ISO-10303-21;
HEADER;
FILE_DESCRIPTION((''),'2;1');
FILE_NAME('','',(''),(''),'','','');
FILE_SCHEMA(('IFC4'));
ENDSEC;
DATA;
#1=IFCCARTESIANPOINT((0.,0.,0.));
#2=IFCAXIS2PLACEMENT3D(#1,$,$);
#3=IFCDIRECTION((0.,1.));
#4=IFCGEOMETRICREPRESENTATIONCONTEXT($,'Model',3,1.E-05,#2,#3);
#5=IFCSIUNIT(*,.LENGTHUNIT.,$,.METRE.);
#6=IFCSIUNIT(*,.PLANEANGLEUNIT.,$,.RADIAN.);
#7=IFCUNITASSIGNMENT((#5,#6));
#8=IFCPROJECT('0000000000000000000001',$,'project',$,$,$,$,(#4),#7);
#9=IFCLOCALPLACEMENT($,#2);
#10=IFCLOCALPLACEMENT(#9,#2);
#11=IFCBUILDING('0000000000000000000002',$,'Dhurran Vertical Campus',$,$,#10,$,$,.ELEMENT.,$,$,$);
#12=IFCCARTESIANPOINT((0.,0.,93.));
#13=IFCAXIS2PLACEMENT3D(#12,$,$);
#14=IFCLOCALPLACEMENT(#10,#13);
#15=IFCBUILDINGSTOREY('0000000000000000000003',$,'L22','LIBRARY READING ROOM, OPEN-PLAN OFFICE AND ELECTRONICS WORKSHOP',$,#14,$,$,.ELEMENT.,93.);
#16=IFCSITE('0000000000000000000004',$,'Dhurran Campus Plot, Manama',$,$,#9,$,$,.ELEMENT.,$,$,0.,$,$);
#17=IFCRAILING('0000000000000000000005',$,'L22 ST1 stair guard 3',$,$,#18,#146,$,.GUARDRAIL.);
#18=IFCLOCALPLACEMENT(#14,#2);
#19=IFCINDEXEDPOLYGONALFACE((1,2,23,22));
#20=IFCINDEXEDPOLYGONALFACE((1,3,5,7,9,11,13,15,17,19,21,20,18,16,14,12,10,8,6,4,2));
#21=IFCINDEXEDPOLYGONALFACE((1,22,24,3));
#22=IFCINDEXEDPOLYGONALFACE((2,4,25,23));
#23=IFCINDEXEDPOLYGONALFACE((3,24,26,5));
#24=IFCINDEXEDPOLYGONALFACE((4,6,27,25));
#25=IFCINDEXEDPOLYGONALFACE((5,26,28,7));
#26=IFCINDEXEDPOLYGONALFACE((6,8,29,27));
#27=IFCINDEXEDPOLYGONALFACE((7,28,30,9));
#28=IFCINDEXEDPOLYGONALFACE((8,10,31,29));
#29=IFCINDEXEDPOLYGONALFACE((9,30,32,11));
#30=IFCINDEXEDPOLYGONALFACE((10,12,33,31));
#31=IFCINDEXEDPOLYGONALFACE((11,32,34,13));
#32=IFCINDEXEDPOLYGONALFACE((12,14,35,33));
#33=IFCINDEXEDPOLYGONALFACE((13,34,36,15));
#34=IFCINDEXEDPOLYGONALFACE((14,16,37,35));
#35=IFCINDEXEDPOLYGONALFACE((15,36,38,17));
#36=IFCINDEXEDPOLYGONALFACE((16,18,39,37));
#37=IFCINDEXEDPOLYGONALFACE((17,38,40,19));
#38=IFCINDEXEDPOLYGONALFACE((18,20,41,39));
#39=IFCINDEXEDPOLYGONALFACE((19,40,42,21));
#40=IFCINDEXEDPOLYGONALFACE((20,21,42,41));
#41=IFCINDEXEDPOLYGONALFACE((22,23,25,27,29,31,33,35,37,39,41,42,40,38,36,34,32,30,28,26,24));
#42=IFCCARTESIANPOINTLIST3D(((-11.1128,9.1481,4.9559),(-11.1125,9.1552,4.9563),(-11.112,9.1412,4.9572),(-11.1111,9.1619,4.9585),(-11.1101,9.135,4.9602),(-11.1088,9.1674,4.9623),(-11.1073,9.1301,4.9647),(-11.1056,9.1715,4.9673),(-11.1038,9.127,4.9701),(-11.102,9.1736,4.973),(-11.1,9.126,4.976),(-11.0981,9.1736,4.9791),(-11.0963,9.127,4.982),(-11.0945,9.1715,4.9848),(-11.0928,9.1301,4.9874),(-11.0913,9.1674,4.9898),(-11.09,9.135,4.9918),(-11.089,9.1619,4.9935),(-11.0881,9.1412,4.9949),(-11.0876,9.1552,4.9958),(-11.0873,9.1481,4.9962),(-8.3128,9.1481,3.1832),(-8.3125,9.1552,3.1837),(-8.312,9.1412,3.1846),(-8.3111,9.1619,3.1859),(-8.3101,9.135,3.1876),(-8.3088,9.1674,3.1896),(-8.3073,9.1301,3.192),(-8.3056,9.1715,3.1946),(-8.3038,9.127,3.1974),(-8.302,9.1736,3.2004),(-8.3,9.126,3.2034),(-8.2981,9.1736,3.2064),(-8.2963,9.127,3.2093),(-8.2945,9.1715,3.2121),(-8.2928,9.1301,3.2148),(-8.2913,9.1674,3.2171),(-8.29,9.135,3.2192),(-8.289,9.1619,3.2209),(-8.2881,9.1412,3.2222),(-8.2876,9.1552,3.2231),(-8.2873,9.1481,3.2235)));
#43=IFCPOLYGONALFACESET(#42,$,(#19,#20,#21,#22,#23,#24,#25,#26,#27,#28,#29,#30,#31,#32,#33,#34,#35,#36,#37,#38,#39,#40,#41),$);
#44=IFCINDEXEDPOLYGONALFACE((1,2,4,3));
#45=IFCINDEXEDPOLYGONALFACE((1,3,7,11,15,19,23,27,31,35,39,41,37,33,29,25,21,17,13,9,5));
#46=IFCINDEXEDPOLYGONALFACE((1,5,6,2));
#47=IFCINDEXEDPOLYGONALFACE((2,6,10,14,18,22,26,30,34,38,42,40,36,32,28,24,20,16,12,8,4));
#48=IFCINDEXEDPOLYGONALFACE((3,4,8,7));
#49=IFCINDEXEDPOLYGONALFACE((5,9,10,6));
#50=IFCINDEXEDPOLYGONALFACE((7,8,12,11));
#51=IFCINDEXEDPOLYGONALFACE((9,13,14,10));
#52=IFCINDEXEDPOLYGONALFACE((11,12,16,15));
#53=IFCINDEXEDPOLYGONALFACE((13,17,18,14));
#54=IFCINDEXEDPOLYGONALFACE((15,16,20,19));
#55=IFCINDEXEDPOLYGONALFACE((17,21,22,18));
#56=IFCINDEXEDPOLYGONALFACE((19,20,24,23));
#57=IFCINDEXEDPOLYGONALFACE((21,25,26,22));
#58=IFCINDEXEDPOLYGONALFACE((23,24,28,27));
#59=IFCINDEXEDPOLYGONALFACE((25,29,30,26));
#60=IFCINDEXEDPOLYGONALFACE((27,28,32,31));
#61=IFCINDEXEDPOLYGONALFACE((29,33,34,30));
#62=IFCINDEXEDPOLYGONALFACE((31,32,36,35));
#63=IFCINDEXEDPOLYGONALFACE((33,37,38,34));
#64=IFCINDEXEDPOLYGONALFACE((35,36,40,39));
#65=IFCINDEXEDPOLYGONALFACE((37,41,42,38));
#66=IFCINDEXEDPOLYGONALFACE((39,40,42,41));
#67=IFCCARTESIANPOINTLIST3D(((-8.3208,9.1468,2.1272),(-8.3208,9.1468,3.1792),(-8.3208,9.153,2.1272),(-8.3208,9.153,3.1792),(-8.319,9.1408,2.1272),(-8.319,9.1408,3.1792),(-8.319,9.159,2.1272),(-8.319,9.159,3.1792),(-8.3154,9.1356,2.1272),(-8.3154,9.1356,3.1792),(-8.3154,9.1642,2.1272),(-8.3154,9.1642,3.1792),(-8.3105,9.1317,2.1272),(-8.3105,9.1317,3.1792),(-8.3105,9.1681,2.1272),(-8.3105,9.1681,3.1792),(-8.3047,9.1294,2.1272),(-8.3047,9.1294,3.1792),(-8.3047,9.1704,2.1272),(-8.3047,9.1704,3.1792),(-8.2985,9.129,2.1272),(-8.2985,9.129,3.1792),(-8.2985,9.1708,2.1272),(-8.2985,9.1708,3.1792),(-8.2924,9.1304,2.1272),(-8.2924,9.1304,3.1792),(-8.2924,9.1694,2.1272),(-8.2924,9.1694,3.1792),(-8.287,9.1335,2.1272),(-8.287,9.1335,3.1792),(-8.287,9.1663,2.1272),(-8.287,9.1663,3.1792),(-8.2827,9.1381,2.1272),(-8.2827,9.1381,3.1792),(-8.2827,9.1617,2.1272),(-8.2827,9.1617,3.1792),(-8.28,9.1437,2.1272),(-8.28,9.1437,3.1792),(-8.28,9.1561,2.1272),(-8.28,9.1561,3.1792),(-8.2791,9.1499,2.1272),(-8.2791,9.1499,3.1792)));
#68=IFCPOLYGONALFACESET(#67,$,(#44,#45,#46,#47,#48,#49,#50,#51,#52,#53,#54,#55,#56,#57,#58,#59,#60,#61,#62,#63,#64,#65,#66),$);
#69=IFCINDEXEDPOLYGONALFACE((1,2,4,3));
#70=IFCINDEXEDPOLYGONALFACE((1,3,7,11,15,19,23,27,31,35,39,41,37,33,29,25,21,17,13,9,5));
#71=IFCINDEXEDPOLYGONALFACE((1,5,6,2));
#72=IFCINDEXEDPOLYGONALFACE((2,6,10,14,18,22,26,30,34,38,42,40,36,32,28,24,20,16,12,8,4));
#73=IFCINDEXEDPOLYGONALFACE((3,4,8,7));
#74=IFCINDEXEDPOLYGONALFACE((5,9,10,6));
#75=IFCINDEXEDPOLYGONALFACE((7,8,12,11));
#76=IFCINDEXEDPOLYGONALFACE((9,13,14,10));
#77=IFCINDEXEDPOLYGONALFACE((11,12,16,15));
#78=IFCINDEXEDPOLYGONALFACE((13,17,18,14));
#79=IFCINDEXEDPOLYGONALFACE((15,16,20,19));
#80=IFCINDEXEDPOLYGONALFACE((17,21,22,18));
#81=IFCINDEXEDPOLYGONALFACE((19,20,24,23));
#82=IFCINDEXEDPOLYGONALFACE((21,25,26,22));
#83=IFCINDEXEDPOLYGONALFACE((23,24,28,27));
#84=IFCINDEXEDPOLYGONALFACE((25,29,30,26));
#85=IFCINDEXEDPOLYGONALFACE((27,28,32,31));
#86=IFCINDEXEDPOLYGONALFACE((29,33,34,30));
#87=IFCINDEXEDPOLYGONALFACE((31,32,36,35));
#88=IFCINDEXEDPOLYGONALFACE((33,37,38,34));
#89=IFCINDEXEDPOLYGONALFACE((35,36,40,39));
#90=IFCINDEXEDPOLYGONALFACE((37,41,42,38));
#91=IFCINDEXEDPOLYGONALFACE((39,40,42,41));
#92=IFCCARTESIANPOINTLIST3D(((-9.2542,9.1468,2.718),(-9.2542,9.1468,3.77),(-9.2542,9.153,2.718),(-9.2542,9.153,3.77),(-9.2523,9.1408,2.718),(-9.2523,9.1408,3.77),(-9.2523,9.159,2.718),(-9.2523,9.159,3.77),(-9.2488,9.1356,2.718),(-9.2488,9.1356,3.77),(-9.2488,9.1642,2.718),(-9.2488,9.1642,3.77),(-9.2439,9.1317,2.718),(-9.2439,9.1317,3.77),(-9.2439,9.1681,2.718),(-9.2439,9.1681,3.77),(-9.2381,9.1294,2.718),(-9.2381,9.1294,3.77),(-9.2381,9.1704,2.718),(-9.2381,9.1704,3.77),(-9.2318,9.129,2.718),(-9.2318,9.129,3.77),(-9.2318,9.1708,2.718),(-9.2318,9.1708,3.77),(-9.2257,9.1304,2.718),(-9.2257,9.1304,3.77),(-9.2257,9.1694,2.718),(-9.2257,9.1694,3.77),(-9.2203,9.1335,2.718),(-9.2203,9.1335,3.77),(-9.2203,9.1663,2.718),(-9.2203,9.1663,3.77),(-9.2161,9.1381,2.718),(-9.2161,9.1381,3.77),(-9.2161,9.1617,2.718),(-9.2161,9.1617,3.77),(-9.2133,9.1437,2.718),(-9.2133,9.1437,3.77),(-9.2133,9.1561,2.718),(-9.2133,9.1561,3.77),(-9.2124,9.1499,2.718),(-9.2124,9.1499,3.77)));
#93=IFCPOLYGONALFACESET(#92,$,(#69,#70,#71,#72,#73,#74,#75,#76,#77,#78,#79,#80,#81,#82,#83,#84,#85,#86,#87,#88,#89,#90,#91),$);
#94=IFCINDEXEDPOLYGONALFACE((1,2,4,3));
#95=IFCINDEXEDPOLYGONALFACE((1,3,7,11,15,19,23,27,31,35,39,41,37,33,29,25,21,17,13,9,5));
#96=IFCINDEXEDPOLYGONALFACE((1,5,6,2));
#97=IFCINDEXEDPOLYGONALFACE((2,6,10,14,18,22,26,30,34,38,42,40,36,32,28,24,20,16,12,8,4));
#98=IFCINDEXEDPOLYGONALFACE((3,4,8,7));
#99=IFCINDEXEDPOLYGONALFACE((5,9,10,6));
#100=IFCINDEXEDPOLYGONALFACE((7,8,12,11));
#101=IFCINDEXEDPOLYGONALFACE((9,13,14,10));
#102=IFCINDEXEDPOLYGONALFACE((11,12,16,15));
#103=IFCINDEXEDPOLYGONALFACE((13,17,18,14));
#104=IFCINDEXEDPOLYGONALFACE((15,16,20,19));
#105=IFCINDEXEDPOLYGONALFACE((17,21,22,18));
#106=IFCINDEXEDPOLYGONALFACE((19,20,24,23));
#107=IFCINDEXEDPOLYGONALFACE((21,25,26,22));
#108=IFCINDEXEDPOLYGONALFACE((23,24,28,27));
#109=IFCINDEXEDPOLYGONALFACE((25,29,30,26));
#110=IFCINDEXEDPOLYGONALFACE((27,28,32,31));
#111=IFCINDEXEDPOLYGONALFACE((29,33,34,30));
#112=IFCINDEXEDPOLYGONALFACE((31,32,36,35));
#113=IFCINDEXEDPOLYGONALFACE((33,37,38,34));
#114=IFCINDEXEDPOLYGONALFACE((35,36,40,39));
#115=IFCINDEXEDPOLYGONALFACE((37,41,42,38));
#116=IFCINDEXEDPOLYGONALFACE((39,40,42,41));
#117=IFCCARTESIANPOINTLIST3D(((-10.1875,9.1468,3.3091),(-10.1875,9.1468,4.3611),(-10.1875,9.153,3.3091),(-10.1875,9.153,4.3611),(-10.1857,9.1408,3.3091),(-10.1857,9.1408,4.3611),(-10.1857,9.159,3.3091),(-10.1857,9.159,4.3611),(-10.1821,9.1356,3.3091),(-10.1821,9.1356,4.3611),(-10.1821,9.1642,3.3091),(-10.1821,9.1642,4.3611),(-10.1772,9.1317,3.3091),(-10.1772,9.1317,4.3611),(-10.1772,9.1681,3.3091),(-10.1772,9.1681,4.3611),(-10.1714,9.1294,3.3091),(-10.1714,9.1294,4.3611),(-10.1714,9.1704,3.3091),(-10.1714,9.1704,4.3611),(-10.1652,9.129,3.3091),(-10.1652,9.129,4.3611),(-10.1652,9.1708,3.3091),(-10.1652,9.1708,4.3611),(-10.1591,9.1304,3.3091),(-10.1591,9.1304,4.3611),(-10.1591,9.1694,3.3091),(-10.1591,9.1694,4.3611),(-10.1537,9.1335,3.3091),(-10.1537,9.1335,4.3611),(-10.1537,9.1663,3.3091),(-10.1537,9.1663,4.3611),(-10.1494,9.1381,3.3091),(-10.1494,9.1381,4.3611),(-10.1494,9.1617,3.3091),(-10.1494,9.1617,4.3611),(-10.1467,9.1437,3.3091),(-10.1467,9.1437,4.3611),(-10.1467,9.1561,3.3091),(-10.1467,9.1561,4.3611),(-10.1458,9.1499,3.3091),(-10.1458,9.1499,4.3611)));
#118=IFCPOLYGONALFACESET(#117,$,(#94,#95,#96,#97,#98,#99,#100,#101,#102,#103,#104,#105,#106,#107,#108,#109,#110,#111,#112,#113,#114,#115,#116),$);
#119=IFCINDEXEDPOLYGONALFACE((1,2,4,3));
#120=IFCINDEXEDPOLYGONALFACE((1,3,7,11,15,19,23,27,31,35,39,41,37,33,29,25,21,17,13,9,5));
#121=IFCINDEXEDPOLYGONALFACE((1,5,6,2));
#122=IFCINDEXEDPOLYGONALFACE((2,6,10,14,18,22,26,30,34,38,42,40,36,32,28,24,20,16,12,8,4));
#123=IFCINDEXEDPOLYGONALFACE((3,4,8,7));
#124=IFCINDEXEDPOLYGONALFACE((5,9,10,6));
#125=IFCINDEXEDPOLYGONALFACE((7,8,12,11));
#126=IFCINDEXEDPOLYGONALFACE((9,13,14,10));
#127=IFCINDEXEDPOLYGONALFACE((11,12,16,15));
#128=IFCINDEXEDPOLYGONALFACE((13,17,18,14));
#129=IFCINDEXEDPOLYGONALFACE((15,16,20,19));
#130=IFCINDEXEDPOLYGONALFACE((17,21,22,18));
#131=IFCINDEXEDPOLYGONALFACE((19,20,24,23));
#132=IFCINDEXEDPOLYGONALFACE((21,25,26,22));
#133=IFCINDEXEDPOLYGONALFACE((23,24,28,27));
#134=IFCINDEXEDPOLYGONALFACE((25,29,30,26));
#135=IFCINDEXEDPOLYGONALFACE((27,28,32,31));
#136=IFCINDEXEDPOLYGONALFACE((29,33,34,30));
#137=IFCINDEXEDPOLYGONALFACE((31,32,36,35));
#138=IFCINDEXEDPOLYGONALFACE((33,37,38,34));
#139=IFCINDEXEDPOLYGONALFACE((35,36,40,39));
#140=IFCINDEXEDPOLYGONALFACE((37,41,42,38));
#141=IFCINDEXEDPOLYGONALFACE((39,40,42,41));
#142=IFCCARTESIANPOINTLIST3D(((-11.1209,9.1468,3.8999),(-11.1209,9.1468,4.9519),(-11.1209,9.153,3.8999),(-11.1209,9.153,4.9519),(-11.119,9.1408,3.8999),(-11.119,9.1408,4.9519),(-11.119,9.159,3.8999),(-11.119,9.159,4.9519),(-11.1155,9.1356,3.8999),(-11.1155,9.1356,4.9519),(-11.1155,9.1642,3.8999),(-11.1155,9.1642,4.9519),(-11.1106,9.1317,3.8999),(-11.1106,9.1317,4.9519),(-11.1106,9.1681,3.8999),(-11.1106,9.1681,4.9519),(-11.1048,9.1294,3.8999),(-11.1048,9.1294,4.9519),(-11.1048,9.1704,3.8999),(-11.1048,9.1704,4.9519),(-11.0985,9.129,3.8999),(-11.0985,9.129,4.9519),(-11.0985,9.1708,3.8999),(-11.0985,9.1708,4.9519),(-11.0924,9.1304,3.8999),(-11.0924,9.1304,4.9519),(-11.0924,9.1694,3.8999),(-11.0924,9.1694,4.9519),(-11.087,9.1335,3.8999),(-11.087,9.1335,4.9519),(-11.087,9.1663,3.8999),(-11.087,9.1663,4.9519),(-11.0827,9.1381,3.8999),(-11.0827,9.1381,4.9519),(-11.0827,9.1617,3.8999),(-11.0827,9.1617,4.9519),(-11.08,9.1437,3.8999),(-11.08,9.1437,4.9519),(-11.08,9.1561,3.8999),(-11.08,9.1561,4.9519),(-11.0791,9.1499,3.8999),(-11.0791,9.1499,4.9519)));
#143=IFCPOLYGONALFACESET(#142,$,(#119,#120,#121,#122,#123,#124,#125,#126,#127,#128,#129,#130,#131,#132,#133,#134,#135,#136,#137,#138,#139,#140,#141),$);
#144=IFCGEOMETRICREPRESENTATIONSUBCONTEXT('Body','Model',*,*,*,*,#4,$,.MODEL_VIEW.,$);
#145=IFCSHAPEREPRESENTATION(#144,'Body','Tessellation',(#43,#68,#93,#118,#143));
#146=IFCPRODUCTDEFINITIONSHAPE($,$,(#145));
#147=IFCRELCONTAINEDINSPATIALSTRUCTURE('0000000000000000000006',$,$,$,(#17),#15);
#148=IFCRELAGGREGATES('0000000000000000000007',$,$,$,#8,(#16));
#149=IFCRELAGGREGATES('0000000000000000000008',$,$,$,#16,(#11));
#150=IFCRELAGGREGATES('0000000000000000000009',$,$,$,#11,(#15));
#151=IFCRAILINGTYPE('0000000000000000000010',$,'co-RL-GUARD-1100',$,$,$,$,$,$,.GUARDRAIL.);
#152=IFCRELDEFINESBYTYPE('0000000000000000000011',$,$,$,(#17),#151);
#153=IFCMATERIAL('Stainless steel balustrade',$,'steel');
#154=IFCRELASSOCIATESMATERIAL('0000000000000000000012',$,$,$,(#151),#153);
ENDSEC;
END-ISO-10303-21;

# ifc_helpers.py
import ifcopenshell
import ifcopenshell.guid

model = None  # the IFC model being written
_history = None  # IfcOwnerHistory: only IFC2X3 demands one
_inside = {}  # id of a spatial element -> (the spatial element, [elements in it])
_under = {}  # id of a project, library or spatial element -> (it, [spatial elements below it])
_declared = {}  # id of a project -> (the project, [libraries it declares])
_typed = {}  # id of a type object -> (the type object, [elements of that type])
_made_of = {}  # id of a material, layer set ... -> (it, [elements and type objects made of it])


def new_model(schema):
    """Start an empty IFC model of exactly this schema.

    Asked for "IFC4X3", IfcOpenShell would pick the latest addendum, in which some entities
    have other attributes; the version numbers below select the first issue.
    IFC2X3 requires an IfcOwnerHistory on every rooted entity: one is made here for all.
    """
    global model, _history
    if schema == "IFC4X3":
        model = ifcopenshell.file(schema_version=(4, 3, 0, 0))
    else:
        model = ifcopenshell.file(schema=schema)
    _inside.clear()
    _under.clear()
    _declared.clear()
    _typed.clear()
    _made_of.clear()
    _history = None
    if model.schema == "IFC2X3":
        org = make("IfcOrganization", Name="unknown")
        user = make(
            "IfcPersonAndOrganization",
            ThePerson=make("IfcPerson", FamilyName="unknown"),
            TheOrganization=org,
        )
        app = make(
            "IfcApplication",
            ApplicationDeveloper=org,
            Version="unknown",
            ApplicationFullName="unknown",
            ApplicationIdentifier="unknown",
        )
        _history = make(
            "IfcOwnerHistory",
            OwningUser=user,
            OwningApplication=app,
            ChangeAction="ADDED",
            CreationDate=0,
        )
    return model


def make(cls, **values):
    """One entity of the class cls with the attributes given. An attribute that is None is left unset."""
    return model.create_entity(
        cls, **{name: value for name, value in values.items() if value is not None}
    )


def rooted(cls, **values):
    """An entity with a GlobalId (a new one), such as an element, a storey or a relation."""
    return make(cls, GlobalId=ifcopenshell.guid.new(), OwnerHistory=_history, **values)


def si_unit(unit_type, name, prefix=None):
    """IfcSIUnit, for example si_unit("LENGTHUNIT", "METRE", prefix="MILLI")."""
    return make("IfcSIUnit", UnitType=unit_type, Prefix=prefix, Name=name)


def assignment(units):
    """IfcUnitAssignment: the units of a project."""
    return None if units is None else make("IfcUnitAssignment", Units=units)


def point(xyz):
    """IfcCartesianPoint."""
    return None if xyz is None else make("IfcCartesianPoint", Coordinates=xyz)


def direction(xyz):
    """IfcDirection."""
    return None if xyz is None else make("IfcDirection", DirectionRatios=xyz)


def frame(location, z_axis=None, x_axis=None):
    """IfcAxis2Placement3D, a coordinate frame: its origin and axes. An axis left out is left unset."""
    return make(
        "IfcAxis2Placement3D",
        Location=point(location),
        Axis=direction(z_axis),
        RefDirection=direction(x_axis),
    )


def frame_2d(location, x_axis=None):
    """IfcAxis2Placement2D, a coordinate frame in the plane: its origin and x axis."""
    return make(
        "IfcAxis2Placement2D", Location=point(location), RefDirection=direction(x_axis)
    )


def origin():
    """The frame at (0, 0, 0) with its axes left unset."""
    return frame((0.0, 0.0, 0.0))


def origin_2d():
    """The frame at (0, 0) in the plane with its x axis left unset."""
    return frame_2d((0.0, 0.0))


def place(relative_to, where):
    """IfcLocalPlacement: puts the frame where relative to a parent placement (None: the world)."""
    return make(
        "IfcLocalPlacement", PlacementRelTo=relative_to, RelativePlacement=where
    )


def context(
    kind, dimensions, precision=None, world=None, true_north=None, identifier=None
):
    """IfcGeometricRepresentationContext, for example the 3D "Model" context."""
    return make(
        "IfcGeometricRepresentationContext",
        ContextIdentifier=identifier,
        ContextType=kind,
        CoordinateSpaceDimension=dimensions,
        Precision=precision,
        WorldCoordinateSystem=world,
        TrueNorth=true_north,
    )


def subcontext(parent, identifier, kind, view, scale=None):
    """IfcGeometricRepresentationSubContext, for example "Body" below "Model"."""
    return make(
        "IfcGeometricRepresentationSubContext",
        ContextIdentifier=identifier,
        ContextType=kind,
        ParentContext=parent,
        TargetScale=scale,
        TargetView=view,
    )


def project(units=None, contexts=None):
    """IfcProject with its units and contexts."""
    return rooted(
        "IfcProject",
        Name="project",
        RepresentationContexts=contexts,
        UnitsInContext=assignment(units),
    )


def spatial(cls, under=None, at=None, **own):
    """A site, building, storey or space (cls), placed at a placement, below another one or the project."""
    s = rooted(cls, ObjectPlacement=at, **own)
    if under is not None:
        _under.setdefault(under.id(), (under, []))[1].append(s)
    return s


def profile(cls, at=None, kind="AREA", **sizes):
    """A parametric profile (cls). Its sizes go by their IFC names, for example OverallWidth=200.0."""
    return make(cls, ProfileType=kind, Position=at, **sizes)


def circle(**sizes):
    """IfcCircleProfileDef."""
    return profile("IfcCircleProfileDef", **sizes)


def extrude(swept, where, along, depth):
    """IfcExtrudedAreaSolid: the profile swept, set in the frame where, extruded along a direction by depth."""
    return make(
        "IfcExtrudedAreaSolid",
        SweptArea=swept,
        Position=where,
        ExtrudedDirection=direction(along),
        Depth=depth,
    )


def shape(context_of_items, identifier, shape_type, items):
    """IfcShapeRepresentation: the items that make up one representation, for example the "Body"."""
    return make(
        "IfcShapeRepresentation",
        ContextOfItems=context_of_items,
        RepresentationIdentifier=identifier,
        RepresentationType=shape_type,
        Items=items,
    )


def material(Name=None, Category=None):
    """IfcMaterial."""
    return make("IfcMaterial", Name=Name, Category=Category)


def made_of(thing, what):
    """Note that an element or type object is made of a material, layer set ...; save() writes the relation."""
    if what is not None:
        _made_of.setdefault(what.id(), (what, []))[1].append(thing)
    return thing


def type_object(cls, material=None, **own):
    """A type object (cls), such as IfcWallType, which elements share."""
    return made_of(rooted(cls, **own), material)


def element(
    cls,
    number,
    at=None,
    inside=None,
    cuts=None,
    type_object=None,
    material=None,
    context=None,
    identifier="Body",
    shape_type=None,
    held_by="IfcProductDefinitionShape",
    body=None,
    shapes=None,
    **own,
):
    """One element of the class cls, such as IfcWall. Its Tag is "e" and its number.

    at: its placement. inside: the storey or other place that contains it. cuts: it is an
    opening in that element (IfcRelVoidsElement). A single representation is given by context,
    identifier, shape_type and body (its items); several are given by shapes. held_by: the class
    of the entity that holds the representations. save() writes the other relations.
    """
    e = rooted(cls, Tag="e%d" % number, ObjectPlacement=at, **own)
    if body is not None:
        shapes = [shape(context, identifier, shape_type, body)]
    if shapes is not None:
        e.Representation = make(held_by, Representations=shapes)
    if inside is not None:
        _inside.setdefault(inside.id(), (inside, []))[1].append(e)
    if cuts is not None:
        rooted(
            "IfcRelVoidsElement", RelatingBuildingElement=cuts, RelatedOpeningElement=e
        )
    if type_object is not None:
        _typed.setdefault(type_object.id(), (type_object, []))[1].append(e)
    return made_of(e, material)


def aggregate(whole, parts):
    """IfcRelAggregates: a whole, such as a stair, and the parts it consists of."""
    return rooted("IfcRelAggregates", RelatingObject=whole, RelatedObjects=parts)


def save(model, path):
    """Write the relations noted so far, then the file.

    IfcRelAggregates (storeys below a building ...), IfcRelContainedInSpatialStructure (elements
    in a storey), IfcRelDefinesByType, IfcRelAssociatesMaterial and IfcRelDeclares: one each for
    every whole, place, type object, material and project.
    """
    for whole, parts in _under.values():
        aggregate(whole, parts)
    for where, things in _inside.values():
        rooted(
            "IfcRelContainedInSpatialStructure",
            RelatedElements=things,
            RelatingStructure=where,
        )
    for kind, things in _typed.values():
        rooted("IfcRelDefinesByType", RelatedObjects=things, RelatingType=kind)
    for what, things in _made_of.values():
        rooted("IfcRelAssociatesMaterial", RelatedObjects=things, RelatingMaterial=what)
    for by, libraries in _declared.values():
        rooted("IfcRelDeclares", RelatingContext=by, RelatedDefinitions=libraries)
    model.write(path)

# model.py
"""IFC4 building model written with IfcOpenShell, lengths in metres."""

from ifc_helpers import new_model, si_unit, direction, frame, origin, origin_2d, place, context, subcontext, project, spatial, circle, extrude, material, type_object, element, save


model = new_model("IFC4")

# Units and contexts
model_context = context("Model", 3, precision=1e-05, world=origin(), true_north=direction((0.0, 1.0)))
body_context = subcontext(model_context, "Body", "Model", "MODEL_VIEW")
ifc_project = project(units=[si_unit("LENGTHUNIT", "METRE"), si_unit("PLANEANGLEUNIT", "RADIAN")], contexts=[model_context])

# Site, building, storey
site_placement = place(None, origin())
site = spatial("IfcSite", under=ifc_project, at=site_placement, Name="Dhurran Campus Plot, Manama", CompositionType="ELEMENT", RefElevation=0.0)
building_placement = place(site_placement, origin())
building = spatial("IfcBuilding", under=site, at=building_placement, Name="Dhurran Vertical Campus", CompositionType="ELEMENT")
storey_placement = place(building_placement, frame((0.0, 0.0, 93.0)))
storey = spatial("IfcBuildingStorey", under=building, at=storey_placement, Name="L22", Description="LIBRARY READING ROOM, OPEN-PLAN OFFICE AND ELECTRONICS WORKSHOP", CompositionType="ELEMENT", Elevation=93.0)

# Railing
ifc_material_1 = material(Name="Stainless steel balustrade", Category="steel")
railing_type_1 = type_object("IfcRailingType", Name="co-RL-GUARD-1100", PredefinedType="GUARDRAIL", material=ifc_material_1)
railing_1_placement = place(storey_placement, frame((-8.3, 9.1499, 2.1272)))
element("IfcRailing", 1, at=railing_1_placement, inside=storey, type_object=railing_type_1, Name="L22 ST1 stair guard 3", PredefinedType="GUARDRAIL", context=body_context, shape_type="SweptSolid", body=[
    extrude(circle(Radius=0.0239, at=origin_2d()), frame((0.0, 0.0, 1.0762), z_axis=(-0.844909, 0.0, 0.53491), x_axis=(0.0, -1.0, 0.0)), (0.0, 0.0, 1.0), 3.314),
    extrude(circle(Radius=0.021, at=origin_2d()), origin(), (0.0, 0.0, 1.0), 1.052),
    extrude(circle(Radius=0.021, at=origin_2d()), frame((-0.9333, 0.0, 0.5908)), (0.0, 0.0, 1.0), 1.052),
    extrude(circle(Radius=0.021, at=origin_2d()), frame((-1.8667, 0.0, 1.1819)), (0.0, 0.0, 1.0), 1.052),
    extrude(circle(Radius=0.021, at=origin_2d()), frame((-2.8, 0.0, 1.7727)), (0.0, 0.0, 1.0), 1.052),
])

save(model, "model.ifc")
